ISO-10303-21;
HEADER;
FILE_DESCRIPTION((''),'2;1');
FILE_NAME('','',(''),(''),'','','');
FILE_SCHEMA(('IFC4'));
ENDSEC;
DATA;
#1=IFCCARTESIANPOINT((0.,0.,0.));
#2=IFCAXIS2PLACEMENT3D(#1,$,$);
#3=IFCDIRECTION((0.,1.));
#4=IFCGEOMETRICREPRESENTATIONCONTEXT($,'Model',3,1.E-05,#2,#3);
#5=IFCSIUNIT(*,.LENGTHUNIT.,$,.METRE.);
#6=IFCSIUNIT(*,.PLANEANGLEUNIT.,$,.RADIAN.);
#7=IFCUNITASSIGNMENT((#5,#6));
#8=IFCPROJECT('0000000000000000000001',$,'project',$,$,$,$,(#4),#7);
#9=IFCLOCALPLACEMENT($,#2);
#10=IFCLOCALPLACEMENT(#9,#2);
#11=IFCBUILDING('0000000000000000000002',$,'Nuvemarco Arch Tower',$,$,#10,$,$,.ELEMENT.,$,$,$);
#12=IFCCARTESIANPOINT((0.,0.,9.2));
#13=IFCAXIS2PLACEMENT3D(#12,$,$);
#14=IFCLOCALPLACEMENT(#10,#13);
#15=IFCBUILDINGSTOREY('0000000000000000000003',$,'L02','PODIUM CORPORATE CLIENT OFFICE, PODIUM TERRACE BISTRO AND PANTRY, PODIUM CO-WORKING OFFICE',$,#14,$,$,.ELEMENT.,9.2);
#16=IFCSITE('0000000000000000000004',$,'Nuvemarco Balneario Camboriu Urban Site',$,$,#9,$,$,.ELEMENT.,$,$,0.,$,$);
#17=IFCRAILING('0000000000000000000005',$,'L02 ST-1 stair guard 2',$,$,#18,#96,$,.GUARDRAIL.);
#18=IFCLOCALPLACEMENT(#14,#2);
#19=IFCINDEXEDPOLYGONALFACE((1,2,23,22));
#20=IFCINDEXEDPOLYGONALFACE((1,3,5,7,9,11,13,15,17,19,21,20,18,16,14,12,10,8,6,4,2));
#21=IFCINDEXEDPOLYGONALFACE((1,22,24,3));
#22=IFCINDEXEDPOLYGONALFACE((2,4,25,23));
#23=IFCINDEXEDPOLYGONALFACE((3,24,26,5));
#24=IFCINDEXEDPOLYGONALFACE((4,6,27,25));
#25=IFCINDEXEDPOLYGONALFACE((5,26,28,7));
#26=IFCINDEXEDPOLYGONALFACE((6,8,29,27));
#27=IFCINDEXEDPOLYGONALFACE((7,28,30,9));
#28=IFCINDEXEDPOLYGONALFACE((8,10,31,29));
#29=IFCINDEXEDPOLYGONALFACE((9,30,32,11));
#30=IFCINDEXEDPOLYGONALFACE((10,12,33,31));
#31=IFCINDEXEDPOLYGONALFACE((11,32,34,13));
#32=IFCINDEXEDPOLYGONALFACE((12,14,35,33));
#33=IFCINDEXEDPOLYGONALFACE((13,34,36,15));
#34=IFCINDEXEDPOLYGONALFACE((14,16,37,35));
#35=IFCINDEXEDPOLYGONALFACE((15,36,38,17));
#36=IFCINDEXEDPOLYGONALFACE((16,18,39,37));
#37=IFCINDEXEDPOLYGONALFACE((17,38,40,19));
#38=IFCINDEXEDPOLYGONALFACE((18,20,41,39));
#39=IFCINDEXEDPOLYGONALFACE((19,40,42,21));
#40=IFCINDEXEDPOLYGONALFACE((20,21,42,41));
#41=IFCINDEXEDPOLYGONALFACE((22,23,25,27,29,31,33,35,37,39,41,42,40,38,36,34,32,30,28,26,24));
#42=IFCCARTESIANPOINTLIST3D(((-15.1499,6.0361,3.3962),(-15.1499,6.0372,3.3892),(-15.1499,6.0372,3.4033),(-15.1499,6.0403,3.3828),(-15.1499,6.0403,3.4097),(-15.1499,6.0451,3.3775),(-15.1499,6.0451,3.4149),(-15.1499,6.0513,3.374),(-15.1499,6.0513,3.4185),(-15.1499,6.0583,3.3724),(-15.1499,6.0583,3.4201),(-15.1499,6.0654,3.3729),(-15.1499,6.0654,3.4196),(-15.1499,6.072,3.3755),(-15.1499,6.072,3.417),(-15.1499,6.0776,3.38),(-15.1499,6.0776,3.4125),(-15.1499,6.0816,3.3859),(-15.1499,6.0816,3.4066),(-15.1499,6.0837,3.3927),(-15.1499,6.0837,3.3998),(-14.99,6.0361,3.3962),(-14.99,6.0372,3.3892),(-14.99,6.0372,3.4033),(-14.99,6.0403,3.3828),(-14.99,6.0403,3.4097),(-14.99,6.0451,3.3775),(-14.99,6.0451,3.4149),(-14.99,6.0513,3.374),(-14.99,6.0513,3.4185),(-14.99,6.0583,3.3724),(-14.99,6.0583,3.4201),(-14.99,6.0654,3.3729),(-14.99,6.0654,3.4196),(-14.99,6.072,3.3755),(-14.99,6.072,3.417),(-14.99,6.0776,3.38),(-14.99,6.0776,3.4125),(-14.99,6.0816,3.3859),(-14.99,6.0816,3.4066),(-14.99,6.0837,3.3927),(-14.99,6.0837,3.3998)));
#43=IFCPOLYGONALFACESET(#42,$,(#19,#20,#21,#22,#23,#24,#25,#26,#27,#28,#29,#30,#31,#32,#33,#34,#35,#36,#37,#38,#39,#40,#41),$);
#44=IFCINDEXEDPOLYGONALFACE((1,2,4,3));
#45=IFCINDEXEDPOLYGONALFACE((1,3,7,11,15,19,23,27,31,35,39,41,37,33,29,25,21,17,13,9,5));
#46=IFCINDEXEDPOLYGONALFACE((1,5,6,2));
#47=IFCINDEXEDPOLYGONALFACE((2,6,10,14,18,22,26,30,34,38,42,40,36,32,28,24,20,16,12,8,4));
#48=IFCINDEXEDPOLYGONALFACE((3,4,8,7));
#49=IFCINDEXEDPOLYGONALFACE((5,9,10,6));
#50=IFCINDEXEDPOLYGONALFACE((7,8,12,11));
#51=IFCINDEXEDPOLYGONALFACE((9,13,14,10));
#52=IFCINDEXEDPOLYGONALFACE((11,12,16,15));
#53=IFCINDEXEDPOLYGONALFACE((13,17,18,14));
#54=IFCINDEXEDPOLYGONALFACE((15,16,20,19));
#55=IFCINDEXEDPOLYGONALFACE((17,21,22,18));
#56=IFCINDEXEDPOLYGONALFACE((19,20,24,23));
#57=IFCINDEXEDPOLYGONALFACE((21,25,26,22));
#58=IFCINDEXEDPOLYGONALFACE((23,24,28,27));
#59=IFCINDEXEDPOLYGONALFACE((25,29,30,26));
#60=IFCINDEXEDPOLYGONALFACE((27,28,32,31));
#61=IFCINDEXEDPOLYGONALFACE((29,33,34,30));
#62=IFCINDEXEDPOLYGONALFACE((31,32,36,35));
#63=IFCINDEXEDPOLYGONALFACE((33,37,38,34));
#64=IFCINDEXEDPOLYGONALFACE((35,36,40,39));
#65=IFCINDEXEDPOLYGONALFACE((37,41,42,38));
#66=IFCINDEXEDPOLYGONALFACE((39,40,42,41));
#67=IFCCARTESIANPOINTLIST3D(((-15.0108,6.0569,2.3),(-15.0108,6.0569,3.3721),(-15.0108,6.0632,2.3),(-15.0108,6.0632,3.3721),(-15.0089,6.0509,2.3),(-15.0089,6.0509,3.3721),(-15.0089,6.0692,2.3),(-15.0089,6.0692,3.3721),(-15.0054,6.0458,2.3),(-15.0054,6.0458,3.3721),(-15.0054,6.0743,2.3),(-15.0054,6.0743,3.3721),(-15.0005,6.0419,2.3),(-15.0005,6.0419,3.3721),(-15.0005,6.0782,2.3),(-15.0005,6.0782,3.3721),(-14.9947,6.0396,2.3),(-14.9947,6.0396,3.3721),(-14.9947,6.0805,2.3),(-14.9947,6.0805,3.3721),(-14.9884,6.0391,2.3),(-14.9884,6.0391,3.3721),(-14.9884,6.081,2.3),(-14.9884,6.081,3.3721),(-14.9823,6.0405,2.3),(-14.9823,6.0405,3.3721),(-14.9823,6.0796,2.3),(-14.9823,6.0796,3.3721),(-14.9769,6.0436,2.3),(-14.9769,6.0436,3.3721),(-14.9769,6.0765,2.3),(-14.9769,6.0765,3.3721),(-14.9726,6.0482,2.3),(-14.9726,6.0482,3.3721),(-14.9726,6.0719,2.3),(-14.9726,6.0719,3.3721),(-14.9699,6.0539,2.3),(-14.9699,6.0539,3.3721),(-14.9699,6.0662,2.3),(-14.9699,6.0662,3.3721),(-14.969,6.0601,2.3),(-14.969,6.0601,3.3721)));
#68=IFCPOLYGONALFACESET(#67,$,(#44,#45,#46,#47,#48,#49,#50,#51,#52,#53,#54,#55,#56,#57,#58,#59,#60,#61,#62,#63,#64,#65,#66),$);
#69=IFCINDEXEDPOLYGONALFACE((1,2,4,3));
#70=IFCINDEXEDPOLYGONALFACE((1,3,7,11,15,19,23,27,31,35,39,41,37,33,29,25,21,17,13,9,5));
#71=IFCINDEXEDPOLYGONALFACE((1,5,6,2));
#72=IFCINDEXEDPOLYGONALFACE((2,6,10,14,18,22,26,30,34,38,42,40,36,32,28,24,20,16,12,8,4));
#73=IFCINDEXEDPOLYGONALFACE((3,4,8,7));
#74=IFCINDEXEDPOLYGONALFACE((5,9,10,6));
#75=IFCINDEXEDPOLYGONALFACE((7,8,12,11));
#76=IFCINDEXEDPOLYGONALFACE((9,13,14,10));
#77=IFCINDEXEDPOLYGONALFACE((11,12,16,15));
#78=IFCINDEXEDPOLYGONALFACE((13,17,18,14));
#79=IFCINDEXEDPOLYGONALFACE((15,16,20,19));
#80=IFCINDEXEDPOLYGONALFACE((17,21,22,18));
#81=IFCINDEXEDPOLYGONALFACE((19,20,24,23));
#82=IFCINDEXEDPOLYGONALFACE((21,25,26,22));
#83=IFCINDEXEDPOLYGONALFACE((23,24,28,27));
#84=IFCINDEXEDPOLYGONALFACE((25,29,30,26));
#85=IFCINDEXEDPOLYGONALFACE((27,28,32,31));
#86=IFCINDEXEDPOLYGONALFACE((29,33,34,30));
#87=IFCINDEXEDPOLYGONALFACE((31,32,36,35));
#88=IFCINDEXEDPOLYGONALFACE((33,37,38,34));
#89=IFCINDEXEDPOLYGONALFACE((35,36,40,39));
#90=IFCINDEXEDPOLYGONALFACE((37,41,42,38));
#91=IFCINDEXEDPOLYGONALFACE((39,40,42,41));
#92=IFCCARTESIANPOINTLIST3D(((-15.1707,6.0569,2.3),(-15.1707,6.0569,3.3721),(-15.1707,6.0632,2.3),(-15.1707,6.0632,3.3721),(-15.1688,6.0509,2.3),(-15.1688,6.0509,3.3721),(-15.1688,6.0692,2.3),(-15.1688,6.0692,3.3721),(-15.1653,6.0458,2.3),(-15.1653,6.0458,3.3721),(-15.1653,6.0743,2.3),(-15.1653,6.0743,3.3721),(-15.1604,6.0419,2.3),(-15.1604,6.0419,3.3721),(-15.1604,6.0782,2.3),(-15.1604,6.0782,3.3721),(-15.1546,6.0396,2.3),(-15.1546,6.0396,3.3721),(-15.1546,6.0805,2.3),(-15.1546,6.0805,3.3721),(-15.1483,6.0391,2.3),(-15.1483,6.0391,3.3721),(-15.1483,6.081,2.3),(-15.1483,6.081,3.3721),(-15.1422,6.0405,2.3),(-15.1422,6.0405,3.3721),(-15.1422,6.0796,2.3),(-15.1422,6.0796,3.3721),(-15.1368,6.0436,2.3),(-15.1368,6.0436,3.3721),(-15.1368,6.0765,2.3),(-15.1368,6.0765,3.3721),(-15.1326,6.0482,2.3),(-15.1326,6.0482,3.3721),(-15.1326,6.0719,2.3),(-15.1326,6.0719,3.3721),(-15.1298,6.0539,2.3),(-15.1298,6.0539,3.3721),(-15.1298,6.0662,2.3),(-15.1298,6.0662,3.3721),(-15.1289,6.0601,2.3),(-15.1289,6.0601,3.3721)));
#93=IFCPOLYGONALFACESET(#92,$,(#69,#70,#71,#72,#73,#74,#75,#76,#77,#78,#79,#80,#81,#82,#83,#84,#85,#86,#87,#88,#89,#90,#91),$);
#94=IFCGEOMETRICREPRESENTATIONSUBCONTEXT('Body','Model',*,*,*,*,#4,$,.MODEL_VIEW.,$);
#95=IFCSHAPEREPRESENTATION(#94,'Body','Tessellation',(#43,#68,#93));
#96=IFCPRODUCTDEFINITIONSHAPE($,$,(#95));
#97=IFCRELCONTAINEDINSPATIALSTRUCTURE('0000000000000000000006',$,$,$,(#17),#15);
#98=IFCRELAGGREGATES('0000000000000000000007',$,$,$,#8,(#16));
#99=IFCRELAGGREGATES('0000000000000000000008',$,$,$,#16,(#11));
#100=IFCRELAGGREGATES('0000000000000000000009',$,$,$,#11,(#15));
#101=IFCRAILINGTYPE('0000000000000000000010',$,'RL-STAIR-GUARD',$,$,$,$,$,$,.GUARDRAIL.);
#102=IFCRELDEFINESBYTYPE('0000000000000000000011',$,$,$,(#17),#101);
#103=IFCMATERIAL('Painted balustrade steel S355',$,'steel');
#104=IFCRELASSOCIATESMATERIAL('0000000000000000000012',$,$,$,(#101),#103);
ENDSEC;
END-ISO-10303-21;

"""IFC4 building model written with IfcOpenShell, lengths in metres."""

from ifc_helpers import new_model, si_unit, direction, frame, origin, origin_2d, place, context, subcontext, project, spatial, circle, extrude, material, type_object, element, save


model = new_model("IFC4")

# Units and contexts
model_context = context("Model", 3, precision=1e-05, world=origin(), true_north=direction((0.0, 1.0)))
body_context = subcontext(model_context, "Body", "Model", "MODEL_VIEW")
ifc_project = project(units=[si_unit("LENGTHUNIT", "METRE"), si_unit("PLANEANGLEUNIT", "RADIAN")], contexts=[model_context])

# Site, building, storey
site_placement = place(None, origin())
site = spatial("IfcSite", under=ifc_project, at=site_placement, Name="Nuvemarco Balneario Camboriu Urban Site", CompositionType="ELEMENT", RefElevation=0.0)
building_placement = place(site_placement, origin())
building = spatial("IfcBuilding", under=site, at=building_placement, Name="Nuvemarco Arch Tower", CompositionType="ELEMENT")
storey_placement = place(building_placement, frame((0.0, 0.0, 9.2)))
storey = spatial("IfcBuildingStorey", under=building, at=storey_placement, Name="L02", Description="PODIUM CORPORATE CLIENT OFFICE, PODIUM TERRACE BISTRO AND PANTRY, PODIUM CO-WORKING OFFICE", CompositionType="ELEMENT", Elevation=9.2)

# Railing
ifc_material_1 = material(Name="Painted balustrade steel S355", Category="steel")
railing_type_1 = type_object("IfcRailingType", Name="RL-STAIR-GUARD", PredefinedType="GUARDRAIL", material=ifc_material_1)
railing_1_placement = place(storey_placement, frame((-14.99, 6.0601, 2.3)))
element("IfcRailing", 1, at=railing_1_placement, inside=storey, type_object=railing_type_1, Name="L02 ST-1 stair guard 2", PredefinedType="GUARDRAIL", context=body_context, shape_type="SweptSolid", body=[
    extrude(circle(Radius=0.0239, at=origin_2d()), frame((0.0, 0.0, 1.0962), z_axis=(-1.0, 0.0, 0.0), x_axis=(0.0, -1.0, 0.0)), (0.0, 0.0, 1.0), 0.1599),
    extrude(circle(Radius=0.021, at=origin_2d()), origin(), (0.0, 0.0, 1.0), 1.072),
    extrude(circle(Radius=0.021, at=origin_2d()), frame((-0.1599, 0.0, 0.0)), (0.0, 0.0, 1.0), 1.072),
])

save(model, "model.ifc")
